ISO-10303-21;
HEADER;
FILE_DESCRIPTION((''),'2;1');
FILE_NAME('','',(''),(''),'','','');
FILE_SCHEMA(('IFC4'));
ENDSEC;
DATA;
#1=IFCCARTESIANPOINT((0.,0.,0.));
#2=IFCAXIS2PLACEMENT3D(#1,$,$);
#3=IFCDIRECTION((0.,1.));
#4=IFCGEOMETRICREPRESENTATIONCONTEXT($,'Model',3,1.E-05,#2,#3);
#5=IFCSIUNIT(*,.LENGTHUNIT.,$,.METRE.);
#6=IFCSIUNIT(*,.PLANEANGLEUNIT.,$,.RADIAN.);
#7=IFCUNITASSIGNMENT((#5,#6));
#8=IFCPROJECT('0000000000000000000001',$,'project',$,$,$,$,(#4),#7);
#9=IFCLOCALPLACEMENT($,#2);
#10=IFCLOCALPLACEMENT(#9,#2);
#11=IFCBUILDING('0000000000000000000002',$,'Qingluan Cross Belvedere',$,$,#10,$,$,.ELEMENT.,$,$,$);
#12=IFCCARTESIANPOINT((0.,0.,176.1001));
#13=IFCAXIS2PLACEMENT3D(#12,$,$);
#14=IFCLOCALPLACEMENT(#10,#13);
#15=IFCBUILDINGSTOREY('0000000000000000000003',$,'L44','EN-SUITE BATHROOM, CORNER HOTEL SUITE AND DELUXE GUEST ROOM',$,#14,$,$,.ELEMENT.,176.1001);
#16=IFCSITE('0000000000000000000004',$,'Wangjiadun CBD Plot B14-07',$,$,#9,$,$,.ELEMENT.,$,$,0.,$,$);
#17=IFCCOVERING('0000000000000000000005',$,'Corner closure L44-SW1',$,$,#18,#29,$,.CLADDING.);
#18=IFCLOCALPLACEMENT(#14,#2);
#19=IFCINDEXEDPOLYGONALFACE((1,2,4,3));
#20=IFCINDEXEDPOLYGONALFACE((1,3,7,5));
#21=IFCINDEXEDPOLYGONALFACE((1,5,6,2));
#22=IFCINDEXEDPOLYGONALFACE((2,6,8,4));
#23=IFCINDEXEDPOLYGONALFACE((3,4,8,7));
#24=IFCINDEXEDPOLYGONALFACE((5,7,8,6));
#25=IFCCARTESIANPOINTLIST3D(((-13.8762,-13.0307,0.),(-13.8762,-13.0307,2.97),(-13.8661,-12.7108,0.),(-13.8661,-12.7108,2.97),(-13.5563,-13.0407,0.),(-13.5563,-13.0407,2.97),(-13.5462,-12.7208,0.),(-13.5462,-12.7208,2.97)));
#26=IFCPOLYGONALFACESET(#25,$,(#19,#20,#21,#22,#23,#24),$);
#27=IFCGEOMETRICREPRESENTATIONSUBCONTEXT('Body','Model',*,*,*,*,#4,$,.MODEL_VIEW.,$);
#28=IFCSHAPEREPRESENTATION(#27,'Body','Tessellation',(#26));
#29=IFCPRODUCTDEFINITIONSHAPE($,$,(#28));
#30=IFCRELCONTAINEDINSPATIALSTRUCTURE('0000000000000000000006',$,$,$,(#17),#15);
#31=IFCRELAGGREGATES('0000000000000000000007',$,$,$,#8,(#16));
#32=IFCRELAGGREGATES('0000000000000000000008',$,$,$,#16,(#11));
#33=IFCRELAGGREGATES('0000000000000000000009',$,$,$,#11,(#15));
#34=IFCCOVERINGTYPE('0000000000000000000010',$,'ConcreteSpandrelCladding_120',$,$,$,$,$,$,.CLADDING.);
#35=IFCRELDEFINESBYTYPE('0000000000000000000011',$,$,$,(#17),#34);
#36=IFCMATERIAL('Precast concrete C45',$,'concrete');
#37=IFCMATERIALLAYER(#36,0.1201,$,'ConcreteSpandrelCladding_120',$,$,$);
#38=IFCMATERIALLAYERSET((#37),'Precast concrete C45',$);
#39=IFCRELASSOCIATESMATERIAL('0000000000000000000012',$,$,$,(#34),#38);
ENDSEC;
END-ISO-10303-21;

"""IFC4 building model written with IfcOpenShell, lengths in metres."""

from ifc_helpers import new_model, si_unit, direction, frame, origin, origin_2d, place, context, subcontext, project, spatial, rectangle, extrude, material, layer, layer_set, type_object, element, save


model = new_model("IFC4")

# Units and contexts
model_context = context("Model", 3, precision=1e-05, world=origin(), true_north=direction((0.0, 1.0)))
body_context = subcontext(model_context, "Body", "Model", "MODEL_VIEW")
ifc_project = project(units=[si_unit("LENGTHUNIT", "METRE"), si_unit("PLANEANGLEUNIT", "RADIAN")], contexts=[model_context])

# Site, building, storey
site_placement = place(None, origin())
site = spatial("IfcSite", under=ifc_project, at=site_placement, Name="Wangjiadun CBD Plot B14-07", CompositionType="ELEMENT", RefElevation=0.0)
building_placement = place(site_placement, origin())
building = spatial("IfcBuilding", under=site, at=building_placement, Name="Qingluan Cross Belvedere", CompositionType="ELEMENT")
storey_placement = place(building_placement, frame((0.0, 0.0, 176.1001)))
storey = spatial("IfcBuildingStorey", under=building, at=storey_placement, Name="L44", Description="EN-SUITE BATHROOM, CORNER HOTEL SUITE AND DELUXE GUEST ROOM", CompositionType="ELEMENT", Elevation=176.1001)

# Covering
ifc_material_1 = material(Name="Precast concrete C45", Category="concrete")
ifc_layer_1 = layer(ifc_material_1, 0.1201, Name="ConcreteSpandrelCladding_120")
ifc_layer_set_1 = layer_set([ifc_layer_1], Name="Precast concrete C45")
covering_type = type_object("IfcCoveringType", Name="ConcreteSpandrelCladding_120", PredefinedType="CLADDING", material=ifc_layer_set_1)
covering_placement = place(storey_placement, frame((-13.7112, -12.8757, 0.0), z_axis=(0.0, 0.0, 1.0), x_axis=(0.999507, -0.031411, 0.0)))
element("IfcCovering", 1, at=covering_placement, inside=storey, type_object=covering_type, Name="Corner closure L44-SW1", PredefinedType="CLADDING", context=body_context, shape_type="SweptSolid", body=[
    extrude(rectangle(XDim=0.3201, YDim=0.3201, at=origin_2d()), origin(), (0.0, 0.0, 1.0), 2.97),
])

save(model, "model.ifc")
